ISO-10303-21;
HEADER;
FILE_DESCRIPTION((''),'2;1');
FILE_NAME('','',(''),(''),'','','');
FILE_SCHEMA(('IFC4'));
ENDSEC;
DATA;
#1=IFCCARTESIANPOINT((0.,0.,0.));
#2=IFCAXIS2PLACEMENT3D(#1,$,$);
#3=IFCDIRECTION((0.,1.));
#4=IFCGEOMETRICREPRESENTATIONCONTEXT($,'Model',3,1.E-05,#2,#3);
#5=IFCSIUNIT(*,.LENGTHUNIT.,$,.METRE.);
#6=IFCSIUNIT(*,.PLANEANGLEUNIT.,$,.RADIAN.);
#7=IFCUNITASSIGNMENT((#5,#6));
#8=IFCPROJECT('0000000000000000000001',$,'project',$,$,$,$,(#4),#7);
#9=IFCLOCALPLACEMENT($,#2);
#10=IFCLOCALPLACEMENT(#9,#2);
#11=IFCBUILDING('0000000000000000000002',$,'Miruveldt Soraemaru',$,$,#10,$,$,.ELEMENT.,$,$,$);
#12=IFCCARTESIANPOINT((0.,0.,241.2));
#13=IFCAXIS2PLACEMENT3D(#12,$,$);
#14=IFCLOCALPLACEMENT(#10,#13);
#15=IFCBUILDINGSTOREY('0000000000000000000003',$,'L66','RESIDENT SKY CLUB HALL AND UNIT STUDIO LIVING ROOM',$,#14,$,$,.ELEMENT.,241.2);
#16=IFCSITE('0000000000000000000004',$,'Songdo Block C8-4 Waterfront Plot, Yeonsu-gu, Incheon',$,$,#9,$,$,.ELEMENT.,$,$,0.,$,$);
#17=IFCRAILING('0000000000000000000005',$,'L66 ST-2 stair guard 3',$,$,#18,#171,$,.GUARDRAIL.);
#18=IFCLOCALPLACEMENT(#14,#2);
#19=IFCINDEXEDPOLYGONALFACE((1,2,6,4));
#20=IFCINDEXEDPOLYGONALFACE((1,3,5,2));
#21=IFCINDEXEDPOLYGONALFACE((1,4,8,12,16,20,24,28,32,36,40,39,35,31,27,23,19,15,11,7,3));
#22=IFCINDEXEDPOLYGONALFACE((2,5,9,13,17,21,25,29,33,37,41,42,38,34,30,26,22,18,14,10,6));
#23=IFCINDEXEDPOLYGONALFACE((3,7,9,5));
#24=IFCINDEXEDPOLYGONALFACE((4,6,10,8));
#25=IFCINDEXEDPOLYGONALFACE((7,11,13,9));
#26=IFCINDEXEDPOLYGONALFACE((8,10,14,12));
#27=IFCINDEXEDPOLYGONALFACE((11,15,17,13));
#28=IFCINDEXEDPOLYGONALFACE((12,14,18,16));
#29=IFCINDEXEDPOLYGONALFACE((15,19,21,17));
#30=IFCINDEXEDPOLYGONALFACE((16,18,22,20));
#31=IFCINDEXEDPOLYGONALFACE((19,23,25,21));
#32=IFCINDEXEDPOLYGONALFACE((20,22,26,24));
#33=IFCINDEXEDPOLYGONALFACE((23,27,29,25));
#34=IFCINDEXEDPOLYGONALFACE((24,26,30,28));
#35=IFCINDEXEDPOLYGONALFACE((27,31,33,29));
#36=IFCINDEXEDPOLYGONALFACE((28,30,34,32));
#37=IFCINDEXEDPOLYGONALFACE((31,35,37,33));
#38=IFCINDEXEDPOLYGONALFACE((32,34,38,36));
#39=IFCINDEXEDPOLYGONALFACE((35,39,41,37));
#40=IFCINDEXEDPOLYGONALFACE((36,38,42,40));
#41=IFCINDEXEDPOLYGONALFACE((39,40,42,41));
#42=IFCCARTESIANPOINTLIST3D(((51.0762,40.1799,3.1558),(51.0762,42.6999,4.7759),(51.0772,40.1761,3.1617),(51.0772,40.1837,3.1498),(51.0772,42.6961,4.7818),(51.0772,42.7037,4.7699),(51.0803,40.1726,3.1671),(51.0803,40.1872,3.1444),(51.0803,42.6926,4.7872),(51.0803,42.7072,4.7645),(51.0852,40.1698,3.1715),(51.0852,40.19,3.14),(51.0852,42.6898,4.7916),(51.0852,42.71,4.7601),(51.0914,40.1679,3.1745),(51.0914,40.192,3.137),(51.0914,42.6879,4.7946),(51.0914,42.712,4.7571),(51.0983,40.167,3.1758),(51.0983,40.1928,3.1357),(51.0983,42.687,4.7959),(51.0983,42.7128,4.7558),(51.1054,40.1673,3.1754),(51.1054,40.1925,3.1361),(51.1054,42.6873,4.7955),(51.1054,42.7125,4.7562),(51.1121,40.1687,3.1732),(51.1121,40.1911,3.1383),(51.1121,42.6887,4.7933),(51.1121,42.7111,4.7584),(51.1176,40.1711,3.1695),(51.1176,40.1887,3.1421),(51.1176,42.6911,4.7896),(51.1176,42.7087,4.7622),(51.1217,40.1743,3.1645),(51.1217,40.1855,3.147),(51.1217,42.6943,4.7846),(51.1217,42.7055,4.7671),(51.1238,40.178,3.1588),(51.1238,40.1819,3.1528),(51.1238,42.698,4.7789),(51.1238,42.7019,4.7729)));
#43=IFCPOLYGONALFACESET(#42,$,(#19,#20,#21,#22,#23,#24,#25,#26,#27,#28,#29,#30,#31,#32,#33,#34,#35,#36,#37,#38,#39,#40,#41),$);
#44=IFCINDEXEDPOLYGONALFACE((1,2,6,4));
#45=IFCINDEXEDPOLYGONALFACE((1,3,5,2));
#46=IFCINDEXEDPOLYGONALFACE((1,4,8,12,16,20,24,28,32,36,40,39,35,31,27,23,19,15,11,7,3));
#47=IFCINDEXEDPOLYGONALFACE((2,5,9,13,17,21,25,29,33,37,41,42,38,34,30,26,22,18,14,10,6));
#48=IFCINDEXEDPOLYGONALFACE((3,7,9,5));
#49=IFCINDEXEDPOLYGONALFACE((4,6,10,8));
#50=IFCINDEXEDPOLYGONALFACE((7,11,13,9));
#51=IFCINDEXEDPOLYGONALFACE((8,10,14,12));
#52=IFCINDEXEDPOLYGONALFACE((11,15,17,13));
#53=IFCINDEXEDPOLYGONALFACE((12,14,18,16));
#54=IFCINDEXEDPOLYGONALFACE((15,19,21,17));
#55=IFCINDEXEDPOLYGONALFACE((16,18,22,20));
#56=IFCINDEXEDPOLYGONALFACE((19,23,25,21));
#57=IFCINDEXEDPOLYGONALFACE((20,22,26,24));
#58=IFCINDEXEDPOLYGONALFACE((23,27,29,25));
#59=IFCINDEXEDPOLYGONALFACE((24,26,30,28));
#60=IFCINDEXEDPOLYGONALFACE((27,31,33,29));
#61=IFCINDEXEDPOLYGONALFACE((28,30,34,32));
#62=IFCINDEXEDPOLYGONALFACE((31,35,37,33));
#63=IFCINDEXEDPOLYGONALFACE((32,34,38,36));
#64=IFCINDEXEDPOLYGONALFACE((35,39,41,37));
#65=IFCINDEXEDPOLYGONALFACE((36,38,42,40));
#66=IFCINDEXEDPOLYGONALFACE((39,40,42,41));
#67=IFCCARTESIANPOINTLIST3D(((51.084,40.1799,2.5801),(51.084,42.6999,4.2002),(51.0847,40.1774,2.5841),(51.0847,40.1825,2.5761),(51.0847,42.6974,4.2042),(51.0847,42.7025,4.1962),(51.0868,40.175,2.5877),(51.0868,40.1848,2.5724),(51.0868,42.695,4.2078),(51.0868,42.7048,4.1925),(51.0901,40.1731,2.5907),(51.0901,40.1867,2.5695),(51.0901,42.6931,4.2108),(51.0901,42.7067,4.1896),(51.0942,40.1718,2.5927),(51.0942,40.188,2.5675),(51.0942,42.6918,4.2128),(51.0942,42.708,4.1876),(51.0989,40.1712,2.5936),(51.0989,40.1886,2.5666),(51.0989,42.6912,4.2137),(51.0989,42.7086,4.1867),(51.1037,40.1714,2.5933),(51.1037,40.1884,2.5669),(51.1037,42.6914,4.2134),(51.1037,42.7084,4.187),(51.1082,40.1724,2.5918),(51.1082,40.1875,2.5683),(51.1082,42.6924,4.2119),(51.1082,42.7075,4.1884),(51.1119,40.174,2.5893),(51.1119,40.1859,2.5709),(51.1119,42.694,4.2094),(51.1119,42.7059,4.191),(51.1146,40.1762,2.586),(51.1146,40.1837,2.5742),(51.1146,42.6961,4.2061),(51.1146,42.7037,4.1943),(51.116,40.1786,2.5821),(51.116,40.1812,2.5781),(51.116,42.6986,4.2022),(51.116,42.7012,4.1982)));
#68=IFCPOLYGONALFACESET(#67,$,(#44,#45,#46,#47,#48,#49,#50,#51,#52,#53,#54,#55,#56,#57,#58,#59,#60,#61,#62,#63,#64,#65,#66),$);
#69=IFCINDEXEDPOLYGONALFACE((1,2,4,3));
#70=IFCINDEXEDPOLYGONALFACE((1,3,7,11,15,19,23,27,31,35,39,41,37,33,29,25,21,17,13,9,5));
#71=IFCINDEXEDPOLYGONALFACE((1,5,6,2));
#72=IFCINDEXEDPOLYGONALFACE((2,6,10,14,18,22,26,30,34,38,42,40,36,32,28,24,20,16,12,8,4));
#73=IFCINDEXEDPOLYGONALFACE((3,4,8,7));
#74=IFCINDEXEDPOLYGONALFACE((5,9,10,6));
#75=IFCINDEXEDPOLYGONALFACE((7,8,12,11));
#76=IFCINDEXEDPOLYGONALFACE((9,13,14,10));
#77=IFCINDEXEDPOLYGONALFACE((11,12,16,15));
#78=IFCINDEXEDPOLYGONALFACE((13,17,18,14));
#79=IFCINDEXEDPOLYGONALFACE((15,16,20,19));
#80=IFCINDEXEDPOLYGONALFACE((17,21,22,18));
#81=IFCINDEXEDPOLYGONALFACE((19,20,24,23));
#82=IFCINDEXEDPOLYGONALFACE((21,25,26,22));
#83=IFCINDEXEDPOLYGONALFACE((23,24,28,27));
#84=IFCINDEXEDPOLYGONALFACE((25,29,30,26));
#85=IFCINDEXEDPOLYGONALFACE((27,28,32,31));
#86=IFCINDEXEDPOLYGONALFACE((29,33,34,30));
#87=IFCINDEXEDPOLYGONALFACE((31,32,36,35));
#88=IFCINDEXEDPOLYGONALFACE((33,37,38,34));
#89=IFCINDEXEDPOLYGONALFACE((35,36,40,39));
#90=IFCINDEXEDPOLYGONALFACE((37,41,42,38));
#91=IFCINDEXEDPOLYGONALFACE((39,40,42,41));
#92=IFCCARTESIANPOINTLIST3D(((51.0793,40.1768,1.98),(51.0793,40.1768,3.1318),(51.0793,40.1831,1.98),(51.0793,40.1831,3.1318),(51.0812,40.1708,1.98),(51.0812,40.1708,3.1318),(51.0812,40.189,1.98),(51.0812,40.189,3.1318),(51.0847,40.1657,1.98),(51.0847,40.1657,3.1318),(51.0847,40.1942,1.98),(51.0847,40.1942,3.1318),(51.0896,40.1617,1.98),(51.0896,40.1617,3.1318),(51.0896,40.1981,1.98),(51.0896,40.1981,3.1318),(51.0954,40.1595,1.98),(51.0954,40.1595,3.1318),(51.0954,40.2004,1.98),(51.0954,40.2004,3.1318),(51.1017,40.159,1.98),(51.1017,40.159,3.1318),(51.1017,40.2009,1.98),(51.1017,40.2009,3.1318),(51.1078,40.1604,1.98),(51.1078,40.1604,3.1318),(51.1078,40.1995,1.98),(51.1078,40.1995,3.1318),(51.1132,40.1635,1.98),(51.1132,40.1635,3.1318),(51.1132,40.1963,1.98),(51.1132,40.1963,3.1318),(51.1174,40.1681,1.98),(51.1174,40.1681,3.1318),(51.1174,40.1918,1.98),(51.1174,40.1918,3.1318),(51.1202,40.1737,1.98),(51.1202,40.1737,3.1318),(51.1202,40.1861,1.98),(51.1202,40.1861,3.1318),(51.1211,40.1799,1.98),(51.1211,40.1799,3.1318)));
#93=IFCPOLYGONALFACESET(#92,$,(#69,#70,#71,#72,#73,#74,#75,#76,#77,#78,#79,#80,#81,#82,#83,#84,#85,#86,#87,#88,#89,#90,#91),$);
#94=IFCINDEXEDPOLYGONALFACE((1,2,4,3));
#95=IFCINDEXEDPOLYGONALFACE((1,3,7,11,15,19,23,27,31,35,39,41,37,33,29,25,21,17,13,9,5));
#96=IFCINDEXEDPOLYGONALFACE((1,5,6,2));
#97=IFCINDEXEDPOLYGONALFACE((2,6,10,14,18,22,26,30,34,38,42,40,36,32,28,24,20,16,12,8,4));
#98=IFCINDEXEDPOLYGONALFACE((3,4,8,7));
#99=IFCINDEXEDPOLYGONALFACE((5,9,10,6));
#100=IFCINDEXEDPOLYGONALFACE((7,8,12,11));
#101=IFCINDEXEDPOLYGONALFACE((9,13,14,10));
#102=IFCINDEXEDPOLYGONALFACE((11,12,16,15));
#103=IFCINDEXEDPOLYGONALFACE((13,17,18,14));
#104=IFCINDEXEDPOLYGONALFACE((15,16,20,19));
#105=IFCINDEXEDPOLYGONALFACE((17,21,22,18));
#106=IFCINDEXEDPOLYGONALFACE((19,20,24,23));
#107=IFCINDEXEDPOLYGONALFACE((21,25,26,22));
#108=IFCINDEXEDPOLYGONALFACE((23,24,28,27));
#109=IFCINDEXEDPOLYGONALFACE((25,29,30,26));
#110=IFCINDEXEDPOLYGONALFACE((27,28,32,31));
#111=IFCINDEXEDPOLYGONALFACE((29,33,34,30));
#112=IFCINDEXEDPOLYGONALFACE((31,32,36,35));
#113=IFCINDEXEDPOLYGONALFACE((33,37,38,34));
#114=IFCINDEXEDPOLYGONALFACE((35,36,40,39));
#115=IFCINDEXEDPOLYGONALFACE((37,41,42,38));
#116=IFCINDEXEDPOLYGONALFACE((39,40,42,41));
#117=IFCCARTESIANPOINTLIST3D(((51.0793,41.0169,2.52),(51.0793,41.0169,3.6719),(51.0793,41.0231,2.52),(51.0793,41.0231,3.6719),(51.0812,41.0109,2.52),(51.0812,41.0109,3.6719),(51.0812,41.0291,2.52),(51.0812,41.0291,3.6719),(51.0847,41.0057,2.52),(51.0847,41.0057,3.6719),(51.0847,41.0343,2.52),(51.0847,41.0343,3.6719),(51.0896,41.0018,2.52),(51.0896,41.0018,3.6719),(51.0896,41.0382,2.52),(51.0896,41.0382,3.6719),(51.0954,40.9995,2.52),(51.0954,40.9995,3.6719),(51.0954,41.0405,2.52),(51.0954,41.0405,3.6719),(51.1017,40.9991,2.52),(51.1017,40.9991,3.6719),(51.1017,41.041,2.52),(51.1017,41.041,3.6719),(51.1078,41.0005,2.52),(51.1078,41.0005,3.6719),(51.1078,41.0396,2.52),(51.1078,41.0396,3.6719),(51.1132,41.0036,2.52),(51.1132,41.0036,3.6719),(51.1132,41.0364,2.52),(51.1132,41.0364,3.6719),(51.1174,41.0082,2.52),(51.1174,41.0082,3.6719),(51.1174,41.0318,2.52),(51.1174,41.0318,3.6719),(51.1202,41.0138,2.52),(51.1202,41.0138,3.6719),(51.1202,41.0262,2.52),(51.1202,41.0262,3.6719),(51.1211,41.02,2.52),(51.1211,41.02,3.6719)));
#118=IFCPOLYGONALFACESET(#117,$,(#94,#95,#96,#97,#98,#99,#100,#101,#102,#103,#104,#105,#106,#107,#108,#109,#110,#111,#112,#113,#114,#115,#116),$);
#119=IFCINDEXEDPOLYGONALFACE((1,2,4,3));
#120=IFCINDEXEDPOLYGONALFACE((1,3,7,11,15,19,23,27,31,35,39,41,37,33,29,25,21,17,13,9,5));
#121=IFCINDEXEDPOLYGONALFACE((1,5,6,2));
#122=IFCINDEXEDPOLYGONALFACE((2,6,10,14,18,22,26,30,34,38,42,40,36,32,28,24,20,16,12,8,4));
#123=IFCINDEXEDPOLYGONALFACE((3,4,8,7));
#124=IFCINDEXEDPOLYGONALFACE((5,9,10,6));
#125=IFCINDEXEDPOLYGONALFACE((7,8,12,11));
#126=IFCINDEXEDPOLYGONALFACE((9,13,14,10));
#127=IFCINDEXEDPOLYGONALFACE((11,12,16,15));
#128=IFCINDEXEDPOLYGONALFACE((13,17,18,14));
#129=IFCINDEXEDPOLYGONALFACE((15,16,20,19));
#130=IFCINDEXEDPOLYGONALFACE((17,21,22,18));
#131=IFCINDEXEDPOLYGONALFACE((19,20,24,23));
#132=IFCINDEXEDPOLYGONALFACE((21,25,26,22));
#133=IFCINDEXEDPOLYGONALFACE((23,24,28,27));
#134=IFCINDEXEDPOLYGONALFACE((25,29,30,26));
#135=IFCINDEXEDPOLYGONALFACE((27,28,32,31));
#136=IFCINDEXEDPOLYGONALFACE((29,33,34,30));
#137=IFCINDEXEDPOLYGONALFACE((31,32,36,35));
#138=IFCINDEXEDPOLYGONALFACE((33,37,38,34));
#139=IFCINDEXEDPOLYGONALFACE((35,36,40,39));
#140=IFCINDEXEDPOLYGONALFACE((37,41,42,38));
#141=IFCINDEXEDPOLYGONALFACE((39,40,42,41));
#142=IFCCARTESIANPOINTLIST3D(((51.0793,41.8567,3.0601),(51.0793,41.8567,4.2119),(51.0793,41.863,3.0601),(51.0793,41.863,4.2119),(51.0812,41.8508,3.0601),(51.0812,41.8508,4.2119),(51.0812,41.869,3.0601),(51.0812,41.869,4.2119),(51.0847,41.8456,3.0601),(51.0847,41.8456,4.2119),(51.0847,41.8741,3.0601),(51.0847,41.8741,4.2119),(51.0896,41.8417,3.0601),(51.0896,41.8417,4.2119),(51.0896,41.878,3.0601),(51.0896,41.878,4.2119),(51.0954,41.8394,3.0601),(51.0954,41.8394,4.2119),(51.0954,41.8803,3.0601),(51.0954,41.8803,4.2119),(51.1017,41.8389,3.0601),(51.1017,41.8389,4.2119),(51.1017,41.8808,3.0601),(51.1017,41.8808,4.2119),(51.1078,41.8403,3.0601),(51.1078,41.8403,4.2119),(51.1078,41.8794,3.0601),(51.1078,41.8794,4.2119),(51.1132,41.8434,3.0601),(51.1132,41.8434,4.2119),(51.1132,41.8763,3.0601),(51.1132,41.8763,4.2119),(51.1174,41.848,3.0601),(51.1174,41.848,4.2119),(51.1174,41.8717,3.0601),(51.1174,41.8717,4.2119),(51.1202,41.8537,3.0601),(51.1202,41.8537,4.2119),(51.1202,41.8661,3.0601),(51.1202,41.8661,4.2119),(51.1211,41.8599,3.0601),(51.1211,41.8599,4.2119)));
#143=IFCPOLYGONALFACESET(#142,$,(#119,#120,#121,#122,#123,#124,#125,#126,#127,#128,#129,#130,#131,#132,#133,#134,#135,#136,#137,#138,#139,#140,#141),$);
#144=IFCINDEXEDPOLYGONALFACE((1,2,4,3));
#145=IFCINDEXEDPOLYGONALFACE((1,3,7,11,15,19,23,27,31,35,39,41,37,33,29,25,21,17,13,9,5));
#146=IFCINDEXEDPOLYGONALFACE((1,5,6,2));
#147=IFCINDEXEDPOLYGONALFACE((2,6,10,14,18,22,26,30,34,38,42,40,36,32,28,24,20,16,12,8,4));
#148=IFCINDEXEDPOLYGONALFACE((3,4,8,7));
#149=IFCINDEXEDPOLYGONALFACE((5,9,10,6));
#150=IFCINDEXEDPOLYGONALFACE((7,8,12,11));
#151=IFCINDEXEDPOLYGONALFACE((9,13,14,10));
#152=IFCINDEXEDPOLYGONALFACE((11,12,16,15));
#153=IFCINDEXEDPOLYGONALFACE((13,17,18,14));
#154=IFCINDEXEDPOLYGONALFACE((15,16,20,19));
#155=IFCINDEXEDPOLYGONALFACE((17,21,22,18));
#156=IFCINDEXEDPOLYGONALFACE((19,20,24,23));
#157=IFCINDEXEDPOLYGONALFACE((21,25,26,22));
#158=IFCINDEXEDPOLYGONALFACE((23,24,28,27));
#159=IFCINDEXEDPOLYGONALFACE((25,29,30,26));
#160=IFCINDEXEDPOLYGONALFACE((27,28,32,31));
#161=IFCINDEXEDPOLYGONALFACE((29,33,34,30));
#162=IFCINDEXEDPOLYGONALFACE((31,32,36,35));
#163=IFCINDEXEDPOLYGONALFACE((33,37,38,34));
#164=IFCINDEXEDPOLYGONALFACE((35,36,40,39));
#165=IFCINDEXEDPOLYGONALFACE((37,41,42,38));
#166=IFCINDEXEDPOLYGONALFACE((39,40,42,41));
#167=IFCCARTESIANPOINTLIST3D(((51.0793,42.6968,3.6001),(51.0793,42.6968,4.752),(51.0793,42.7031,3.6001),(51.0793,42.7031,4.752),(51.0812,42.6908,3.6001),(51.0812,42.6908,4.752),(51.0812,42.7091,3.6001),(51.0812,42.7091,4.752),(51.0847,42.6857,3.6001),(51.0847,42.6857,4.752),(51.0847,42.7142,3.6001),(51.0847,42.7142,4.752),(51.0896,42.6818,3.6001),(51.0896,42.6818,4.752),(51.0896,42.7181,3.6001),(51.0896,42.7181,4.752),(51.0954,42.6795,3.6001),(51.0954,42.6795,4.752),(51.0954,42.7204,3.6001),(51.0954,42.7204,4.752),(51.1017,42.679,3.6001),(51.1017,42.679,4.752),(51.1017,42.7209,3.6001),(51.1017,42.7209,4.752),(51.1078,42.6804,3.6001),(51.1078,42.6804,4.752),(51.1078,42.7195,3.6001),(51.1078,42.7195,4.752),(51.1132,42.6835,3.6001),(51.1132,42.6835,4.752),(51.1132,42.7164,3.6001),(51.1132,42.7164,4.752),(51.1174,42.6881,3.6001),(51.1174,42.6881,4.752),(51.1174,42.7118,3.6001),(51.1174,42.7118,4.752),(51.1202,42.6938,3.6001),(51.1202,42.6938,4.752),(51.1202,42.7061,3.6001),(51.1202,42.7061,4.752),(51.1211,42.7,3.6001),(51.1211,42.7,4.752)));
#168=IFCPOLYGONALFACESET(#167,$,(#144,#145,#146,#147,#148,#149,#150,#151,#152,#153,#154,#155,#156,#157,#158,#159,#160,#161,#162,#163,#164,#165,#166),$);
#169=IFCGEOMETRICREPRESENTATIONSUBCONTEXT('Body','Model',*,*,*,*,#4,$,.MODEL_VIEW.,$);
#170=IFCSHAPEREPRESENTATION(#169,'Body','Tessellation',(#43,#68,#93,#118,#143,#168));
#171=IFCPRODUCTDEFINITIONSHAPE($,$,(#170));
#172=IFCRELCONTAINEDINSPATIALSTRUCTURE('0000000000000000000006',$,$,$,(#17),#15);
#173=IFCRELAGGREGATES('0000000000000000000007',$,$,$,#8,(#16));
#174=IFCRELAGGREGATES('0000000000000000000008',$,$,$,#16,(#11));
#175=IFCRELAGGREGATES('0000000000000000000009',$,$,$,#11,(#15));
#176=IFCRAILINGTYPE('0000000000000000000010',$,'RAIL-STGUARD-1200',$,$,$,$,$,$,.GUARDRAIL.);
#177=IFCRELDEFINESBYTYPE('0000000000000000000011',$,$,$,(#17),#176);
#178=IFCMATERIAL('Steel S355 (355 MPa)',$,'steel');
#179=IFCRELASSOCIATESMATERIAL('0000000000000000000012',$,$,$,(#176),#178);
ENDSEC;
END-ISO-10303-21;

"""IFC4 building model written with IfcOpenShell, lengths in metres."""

from ifc_helpers import new_model, si_unit, direction, frame, origin, origin_2d, place, context, subcontext, project, spatial, circle, extrude, material, type_object, element, save


model = new_model("IFC4")

# Units and contexts
model_context = context("Model", 3, precision=1e-05, world=origin(), true_north=direction((0.0, 1.0)))
body_context = subcontext(model_context, "Body", "Model", "MODEL_VIEW")
ifc_project = project(units=[si_unit("LENGTHUNIT", "METRE"), si_unit("PLANEANGLEUNIT", "RADIAN")], contexts=[model_context])

# Site, building, storey
site_placement = place(None, origin())
site = spatial("IfcSite", under=ifc_project, at=site_placement, Name="Songdo Block C8-4 Waterfront Plot, Yeonsu-gu, Incheon", CompositionType="ELEMENT", RefElevation=0.0)
building_placement = place(site_placement, origin())
building = spatial("IfcBuilding", under=site, at=building_placement, Name="Miruveldt Soraemaru", CompositionType="ELEMENT")
storey_placement = place(building_placement, frame((0.0, 0.0, 241.2)))
storey = spatial("IfcBuildingStorey", under=building, at=storey_placement, Name="L66", Description="RESIDENT SKY CLUB HALL AND UNIT STUDIO LIVING ROOM", CompositionType="ELEMENT", Elevation=241.2)

# Railing
ifc_material_1 = material(Name="Steel S355 (355 MPa)", Category="steel")
railing_type_1 = type_object("IfcRailingType", Name="RAIL-STGUARD-1200", PredefinedType="GUARDRAIL", material=ifc_material_1)
railing_1_placement = place(storey_placement, frame((51.1001, 40.1799, 1.98)))
element("IfcRailing", 1, at=railing_1_placement, inside=storey, type_object=railing_type_1, Name="L66 ST-2 stair guard 3", PredefinedType="GUARDRAIL", context=body_context, shape_type="SweptSolid", body=[
    extrude(circle(Radius=0.0239, at=origin_2d()), frame((0.0, 0.0, 1.1758), z_axis=(0.0, 0.841163, 0.540782), x_axis=(-1.0, 0.0, 0.0)), (0.0, 0.0, 1.0), 2.9958),
    extrude(circle(Radius=0.0161, at=origin_2d()), frame((0.0, 0.0, 0.6001), z_axis=(0.0, 0.841163, 0.540782), x_axis=(-1.0, 0.0, 0.0)), (0.0, 0.0, 1.0), 2.9958),
    extrude(circle(Radius=0.021, at=origin_2d()), origin(), (0.0, 0.0, 1.0), 1.1519),
    extrude(circle(Radius=0.021, at=origin_2d()), frame((0.0, 0.8401, 0.54)), (0.0, 0.0, 1.0), 1.1519),
    extrude(circle(Radius=0.021, at=origin_2d()), frame((0.0, 1.6799, 1.0801)), (0.0, 0.0, 1.0), 1.1519),
    extrude(circle(Radius=0.021, at=origin_2d()), frame((0.0, 2.52, 1.6201)), (0.0, 0.0, 1.0), 1.1519),
])

save(model, "model.ifc")
